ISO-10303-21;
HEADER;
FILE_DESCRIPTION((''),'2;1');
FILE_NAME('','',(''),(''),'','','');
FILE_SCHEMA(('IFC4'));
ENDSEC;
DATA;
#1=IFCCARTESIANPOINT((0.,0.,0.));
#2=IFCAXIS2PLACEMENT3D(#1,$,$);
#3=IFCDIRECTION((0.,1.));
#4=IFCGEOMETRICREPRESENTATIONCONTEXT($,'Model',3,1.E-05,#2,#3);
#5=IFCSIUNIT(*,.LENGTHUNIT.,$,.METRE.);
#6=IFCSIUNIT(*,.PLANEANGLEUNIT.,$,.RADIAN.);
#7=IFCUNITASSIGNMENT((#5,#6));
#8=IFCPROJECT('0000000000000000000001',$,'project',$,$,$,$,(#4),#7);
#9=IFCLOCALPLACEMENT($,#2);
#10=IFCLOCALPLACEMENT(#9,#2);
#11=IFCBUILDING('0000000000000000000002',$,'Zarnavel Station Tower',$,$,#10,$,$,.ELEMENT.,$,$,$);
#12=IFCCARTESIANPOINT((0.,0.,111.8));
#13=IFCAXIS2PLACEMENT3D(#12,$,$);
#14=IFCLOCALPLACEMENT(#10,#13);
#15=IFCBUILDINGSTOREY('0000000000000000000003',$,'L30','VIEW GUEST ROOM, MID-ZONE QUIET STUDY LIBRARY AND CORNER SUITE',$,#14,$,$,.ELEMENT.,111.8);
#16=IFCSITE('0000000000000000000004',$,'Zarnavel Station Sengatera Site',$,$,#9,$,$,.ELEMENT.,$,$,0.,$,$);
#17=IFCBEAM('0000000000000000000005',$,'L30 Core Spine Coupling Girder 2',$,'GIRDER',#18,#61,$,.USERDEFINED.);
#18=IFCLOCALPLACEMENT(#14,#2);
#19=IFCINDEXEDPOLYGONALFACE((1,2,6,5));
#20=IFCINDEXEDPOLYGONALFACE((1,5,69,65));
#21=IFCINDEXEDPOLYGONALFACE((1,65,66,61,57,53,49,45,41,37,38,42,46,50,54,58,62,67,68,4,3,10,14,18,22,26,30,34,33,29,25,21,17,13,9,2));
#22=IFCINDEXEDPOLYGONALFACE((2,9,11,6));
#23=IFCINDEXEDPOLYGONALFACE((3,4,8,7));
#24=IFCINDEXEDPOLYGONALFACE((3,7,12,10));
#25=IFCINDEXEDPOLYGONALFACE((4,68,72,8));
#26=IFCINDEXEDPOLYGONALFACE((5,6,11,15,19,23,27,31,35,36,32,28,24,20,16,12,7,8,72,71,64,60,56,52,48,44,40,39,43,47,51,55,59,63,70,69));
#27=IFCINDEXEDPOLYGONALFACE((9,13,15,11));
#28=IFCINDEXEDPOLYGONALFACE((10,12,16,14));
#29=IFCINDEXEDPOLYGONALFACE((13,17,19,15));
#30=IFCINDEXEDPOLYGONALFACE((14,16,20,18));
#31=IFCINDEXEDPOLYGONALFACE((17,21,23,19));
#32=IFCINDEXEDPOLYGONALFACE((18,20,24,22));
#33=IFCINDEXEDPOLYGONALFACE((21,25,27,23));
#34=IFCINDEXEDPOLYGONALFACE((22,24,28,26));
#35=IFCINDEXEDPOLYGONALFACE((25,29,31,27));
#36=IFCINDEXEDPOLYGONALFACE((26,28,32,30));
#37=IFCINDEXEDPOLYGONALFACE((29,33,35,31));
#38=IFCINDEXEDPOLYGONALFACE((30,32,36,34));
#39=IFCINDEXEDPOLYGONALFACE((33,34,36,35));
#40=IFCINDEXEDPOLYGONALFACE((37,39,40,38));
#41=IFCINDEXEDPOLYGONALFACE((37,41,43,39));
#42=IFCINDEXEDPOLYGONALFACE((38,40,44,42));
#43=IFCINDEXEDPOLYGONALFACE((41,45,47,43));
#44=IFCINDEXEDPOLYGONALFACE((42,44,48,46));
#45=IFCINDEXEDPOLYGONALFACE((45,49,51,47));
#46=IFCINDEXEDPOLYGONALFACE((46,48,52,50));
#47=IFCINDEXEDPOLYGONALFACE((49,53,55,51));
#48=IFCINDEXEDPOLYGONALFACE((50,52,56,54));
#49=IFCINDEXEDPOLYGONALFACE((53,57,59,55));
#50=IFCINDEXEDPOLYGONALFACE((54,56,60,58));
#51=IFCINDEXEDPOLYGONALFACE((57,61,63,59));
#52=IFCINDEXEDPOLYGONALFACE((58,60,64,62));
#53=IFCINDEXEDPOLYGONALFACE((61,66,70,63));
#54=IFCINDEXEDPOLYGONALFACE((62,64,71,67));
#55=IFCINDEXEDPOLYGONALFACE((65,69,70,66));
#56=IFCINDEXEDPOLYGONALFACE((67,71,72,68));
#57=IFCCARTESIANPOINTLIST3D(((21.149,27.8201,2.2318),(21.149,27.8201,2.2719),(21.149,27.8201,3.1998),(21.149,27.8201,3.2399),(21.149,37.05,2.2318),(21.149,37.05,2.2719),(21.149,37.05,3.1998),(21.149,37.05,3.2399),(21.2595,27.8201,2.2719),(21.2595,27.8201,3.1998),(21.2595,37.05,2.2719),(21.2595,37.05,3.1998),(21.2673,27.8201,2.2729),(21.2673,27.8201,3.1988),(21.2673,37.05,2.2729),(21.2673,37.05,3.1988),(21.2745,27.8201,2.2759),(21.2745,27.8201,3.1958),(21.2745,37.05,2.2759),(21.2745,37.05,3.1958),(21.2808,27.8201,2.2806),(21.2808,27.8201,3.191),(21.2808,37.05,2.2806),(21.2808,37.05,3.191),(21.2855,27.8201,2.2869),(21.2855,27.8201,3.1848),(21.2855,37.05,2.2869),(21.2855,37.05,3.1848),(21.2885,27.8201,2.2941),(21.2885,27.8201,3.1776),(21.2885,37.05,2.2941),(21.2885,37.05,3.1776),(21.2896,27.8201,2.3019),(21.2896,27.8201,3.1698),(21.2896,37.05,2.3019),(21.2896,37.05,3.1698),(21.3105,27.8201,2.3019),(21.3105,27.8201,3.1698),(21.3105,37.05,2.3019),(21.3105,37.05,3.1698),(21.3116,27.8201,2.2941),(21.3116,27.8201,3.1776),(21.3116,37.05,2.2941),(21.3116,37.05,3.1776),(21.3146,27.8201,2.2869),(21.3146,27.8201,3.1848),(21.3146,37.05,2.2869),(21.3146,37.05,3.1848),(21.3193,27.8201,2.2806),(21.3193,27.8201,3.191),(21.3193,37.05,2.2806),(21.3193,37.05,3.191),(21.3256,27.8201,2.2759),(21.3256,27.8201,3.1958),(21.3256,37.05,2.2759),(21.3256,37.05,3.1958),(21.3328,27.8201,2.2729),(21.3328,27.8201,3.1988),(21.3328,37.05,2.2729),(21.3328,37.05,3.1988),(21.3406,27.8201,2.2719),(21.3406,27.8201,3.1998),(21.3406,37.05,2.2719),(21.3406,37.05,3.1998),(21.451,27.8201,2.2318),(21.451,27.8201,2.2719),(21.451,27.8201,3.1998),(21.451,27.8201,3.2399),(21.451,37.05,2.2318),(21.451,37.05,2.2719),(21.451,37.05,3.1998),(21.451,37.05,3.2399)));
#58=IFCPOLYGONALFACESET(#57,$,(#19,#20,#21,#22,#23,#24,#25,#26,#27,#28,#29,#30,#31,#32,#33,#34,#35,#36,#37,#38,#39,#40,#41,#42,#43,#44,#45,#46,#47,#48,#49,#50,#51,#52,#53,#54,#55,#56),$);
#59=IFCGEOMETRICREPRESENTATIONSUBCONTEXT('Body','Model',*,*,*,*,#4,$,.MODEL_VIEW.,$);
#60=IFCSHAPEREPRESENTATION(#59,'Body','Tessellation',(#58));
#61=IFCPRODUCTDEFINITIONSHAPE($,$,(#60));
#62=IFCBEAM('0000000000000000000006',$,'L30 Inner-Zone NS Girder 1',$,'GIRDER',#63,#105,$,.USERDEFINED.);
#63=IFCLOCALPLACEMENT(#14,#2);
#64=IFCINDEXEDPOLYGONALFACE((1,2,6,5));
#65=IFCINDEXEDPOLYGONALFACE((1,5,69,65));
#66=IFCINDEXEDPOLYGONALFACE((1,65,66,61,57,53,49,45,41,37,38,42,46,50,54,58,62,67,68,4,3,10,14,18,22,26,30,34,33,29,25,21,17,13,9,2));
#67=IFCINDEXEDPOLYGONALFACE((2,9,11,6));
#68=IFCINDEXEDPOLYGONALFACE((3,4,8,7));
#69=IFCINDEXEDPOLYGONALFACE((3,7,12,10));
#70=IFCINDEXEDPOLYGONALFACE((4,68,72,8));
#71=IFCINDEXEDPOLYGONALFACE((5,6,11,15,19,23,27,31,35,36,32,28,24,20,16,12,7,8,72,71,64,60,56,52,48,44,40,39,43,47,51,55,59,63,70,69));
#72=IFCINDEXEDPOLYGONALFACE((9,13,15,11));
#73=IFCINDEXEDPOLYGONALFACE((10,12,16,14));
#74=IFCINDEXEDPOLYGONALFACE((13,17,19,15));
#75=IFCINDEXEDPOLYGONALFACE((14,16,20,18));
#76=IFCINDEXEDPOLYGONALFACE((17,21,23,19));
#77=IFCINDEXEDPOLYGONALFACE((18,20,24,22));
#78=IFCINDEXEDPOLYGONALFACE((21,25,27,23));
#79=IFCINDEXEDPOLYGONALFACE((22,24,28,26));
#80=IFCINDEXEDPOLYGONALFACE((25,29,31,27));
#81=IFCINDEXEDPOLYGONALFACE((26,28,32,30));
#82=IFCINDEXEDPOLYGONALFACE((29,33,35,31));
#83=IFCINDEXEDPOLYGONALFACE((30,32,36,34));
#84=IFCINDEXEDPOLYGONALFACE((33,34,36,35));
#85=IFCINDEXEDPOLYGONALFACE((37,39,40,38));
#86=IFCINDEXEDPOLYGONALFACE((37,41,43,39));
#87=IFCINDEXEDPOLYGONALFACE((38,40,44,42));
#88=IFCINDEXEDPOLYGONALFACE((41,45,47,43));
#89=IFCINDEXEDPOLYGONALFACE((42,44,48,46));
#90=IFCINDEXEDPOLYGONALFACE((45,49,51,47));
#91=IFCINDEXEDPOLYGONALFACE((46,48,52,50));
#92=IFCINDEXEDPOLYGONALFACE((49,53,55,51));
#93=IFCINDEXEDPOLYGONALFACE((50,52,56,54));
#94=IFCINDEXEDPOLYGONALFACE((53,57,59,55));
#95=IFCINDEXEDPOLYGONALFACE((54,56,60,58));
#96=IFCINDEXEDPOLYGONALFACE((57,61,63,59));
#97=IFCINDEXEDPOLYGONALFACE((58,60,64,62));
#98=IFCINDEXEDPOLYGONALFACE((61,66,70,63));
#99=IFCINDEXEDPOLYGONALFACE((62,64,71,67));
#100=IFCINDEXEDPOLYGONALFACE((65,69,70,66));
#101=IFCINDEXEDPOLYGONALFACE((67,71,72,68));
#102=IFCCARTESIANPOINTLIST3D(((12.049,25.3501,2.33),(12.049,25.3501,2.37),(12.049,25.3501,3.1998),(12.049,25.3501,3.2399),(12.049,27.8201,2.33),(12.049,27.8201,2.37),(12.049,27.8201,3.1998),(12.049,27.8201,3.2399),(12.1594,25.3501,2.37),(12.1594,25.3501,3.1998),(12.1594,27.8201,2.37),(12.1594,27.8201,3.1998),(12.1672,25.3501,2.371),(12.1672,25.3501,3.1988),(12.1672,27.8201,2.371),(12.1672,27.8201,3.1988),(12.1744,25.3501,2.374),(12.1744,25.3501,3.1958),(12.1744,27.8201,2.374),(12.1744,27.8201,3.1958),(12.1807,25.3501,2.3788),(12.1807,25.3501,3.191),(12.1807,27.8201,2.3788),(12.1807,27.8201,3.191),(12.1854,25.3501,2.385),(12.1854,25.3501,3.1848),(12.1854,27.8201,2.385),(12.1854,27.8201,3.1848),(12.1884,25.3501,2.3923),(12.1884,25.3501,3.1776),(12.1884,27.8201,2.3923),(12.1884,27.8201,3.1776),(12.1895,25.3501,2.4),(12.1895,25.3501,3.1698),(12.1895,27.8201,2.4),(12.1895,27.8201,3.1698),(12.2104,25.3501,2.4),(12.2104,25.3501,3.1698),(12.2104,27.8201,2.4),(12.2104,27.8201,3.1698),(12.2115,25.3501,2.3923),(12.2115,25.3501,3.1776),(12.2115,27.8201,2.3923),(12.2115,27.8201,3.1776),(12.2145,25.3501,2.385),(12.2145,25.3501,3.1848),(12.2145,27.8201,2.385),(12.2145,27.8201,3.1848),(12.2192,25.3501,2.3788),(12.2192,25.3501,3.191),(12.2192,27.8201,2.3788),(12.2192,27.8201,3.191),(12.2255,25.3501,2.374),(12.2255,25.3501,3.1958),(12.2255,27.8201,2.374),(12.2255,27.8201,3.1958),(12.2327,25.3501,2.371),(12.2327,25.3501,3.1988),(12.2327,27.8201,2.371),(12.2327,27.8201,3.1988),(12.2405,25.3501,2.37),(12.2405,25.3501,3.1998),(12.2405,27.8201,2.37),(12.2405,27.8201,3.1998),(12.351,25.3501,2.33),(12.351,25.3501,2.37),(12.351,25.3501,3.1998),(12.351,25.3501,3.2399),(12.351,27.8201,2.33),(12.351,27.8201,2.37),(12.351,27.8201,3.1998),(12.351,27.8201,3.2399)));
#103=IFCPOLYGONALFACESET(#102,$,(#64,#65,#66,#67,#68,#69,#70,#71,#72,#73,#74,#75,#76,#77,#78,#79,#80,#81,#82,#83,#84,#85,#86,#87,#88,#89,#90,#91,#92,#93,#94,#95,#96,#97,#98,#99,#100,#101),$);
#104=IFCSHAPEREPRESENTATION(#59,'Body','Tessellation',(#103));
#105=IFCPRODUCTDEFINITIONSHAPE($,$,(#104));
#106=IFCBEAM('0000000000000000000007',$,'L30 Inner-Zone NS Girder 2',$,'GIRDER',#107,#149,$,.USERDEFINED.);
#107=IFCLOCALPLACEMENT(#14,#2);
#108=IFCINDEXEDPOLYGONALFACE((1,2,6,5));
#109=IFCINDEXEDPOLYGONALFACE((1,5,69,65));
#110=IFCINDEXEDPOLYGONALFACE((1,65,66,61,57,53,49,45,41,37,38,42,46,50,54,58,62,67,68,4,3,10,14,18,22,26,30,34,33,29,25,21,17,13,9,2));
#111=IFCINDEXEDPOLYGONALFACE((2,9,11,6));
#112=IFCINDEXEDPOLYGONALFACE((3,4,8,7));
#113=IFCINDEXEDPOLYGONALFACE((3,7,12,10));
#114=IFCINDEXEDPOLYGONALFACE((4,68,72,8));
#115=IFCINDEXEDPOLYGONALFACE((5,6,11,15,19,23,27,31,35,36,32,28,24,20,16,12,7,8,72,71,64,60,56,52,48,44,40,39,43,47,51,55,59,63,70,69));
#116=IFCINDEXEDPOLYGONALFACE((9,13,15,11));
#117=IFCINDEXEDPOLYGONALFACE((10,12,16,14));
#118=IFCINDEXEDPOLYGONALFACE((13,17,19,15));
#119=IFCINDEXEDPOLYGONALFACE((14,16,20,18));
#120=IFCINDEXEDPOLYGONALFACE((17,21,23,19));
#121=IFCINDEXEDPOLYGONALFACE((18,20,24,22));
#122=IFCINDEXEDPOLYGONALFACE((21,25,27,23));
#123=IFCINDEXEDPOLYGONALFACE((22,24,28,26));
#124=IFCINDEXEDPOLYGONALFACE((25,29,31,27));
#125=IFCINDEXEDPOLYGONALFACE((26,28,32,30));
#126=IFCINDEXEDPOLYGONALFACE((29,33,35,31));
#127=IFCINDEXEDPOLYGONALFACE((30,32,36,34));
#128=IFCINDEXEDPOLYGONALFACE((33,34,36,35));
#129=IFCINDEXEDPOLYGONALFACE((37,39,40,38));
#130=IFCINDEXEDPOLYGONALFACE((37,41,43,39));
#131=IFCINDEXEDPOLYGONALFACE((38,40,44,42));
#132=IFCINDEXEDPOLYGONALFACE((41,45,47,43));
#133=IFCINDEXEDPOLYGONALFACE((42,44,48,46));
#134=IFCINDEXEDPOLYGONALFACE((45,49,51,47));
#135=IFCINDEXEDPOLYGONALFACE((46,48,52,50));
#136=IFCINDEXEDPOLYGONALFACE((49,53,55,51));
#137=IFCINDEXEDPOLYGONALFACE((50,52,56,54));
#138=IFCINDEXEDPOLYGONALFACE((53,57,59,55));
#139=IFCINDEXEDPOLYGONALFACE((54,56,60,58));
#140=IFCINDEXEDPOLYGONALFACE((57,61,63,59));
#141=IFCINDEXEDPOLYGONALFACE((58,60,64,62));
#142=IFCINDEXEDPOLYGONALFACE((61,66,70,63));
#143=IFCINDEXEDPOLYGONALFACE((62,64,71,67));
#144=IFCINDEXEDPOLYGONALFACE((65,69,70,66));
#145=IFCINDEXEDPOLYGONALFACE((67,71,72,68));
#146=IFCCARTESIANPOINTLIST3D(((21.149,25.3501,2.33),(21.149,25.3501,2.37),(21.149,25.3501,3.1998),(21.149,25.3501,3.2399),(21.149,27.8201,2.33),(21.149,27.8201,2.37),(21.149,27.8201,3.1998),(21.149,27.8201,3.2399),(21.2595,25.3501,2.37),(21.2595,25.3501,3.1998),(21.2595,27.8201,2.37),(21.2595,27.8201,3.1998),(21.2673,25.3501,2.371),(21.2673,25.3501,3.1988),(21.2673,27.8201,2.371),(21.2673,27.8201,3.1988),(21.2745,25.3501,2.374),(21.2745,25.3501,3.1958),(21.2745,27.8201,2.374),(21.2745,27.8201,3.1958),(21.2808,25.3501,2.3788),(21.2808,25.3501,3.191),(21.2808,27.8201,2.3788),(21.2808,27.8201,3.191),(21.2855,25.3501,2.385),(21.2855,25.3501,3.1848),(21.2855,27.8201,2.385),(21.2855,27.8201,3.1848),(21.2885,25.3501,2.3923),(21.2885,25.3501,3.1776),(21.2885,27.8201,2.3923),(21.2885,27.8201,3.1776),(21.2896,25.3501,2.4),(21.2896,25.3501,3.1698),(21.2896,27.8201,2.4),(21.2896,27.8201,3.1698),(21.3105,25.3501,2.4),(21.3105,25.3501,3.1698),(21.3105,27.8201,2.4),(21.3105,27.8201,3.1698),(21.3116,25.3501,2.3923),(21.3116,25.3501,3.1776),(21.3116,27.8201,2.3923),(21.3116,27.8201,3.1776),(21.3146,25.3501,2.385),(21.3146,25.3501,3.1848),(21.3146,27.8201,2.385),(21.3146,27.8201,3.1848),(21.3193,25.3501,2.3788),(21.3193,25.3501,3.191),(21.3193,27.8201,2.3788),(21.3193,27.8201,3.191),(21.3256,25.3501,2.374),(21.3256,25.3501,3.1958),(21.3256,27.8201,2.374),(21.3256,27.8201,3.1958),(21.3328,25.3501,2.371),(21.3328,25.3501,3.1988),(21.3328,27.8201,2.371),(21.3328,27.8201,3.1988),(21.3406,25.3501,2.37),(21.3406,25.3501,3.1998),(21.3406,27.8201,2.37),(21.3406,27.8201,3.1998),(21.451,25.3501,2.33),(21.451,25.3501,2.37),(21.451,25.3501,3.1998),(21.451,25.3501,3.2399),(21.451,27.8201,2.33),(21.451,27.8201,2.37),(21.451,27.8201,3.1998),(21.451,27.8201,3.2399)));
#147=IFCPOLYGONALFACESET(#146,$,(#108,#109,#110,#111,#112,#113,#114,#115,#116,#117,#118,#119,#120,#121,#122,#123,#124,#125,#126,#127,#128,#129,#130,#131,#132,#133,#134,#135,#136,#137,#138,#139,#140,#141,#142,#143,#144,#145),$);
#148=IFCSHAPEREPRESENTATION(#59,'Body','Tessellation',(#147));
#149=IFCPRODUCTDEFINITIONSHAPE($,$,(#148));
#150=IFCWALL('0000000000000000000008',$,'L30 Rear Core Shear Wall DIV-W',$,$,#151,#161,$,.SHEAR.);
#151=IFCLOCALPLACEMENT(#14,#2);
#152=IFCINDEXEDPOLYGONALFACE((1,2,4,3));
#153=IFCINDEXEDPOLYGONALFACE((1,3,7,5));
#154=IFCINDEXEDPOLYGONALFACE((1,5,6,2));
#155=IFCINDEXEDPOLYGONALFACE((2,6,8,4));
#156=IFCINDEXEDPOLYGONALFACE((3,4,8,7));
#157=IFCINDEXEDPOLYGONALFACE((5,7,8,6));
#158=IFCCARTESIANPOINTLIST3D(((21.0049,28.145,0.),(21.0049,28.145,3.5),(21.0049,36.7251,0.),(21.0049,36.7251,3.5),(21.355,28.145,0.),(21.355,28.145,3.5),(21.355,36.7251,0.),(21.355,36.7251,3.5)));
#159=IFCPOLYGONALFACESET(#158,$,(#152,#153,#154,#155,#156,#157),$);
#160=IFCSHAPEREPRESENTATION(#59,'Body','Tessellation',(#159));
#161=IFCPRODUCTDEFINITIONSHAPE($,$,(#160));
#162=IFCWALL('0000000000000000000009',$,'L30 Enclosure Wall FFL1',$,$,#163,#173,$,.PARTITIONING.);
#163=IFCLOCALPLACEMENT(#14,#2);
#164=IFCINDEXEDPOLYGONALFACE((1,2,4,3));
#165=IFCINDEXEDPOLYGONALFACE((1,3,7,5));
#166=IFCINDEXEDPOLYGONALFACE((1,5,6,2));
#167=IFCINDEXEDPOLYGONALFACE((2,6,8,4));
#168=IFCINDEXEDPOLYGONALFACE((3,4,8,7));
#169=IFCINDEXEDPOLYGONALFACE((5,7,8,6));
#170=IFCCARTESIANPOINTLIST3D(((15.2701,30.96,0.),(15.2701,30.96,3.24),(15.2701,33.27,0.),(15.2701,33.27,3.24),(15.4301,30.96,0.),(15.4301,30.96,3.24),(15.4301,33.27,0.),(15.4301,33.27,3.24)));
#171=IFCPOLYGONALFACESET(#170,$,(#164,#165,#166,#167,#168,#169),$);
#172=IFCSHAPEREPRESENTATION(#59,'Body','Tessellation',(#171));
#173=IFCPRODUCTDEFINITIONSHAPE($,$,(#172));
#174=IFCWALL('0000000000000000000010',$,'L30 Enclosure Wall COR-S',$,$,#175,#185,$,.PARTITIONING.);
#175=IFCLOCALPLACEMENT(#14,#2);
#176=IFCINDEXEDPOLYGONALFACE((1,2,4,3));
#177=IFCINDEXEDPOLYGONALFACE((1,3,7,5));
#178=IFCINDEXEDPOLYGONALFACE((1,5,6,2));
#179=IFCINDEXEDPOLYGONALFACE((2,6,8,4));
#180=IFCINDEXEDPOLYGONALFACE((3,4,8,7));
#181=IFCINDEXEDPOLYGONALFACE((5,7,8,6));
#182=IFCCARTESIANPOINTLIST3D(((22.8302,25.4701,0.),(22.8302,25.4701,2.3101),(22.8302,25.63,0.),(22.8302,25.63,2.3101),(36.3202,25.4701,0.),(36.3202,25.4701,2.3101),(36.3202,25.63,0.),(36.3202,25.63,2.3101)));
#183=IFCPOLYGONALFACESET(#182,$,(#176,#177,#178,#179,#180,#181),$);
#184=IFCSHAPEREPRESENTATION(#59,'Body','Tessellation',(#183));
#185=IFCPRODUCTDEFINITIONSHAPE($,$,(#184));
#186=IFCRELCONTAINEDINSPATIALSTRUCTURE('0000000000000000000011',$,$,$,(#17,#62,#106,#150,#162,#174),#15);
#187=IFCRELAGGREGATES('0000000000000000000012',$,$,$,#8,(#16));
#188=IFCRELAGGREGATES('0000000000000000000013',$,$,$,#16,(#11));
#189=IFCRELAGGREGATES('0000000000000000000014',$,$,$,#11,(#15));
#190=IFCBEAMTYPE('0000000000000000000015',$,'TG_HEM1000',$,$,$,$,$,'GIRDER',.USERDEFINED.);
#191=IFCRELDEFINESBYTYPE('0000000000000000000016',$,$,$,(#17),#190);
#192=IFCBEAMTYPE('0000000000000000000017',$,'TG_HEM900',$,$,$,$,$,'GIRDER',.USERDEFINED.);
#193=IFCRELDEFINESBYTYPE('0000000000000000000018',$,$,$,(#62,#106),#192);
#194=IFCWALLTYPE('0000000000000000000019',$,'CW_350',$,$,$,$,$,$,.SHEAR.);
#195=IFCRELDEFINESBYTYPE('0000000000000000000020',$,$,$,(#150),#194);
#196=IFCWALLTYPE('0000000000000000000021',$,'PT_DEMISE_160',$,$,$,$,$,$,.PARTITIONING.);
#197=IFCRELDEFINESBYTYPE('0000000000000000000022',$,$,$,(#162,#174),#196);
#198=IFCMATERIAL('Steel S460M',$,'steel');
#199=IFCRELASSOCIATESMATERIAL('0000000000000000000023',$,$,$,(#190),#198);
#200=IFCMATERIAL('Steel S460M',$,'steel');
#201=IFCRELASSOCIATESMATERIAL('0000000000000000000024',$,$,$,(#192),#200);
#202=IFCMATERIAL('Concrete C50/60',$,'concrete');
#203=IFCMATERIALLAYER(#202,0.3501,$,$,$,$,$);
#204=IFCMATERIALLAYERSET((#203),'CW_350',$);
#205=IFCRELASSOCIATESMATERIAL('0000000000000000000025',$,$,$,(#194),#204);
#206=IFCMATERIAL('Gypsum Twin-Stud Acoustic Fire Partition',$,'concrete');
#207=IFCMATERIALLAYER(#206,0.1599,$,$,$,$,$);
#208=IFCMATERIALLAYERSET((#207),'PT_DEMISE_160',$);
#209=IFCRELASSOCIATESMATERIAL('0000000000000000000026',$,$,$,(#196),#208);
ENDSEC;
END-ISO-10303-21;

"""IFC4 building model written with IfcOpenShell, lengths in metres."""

from ifc_helpers import new_model, si_unit, direction, frame, frame_2d, origin, origin_2d, place, context, subcontext, project, spatial, rectangle, i_section, extrude, material, layer, layer_set, material_profile, profile_set, type_object, element, save


model = new_model("IFC4")

# Units and contexts
model_context = context("Model", 3, precision=1e-05, world=origin(), true_north=direction((0.0, 1.0)))
body_context = subcontext(model_context, "Body", "Model", "MODEL_VIEW")
ifc_project = project(units=[si_unit("LENGTHUNIT", "METRE"), si_unit("PLANEANGLEUNIT", "RADIAN")], contexts=[model_context])

# Site, building, storey
site_placement = place(None, origin())
site = spatial("IfcSite", under=ifc_project, at=site_placement, Name="Zarnavel Station Sengatera Site", CompositionType="ELEMENT", RefElevation=0.0)
building_placement = place(site_placement, origin())
building = spatial("IfcBuilding", under=site, at=building_placement, Name="Zarnavel Station Tower", CompositionType="ELEMENT")
storey_placement = place(building_placement, frame((0.0, 0.0, 111.8)))
storey = spatial("IfcBuildingStorey", under=building, at=storey_placement, Name="L30", Description="VIEW GUEST ROOM, MID-ZONE QUIET STUDY LIBRARY AND CORNER SUITE", CompositionType="ELEMENT", Elevation=111.8)

# Beams
ifc_material_1 = material(Name="Steel S460M", Category="steel")
ifc_material_profile_1 = material_profile(ifc_material_1, i_section(OverallWidth=0.302, OverallDepth=1.0081, WebThickness=0.021, FlangeThickness=0.04, FilletRadius=0.03, at=origin_2d()), Name="HEM1000")
ifc_profile_set_1 = profile_set([ifc_material_profile_1], Name="Steel S460M")
beam_type_1 = type_object("IfcBeamType", Name="TG_HEM1000", ElementType="GIRDER", PredefinedType="USERDEFINED", material=ifc_profile_set_1)
for number, where, z_axis, x_axis, name in (
    (1, (21.3, 27.8201, 2.7358), (0.0, 1.0, 0.0), (-1.0, 0.0, 0.0), "L30 Core Spine Coupling Girder 2"),
):
    element("IfcBeam", number, at=place(storey_placement, frame(where, z_axis=z_axis, x_axis=x_axis)), inside=storey, type_object=beam_type_1, Name=name, ObjectType="GIRDER", PredefinedType="USERDEFINED", context=body_context, shape_type="SweptSolid", body=[
        extrude(i_section(OverallWidth=0.302, OverallDepth=1.0081, WebThickness=0.021, FlangeThickness=0.04, FilletRadius=0.03, at=origin_2d()), origin(), (0.0, 0.0, 1.0), 9.23),
    ])
ifc_material_2 = material(Name="Steel S460M", Category="steel")
ifc_material_profile_2 = material_profile(ifc_material_2, i_section(OverallWidth=0.302, OverallDepth=0.9099, WebThickness=0.021, FlangeThickness=0.04, FilletRadius=0.03, at=origin_2d()), Name="HEM900")
ifc_profile_set_2 = profile_set([ifc_material_profile_2], Name="Steel S460M")
beam_type_2 = type_object("IfcBeamType", Name="TG_HEM900", ElementType="GIRDER", PredefinedType="USERDEFINED", material=ifc_profile_set_2)
for number, where, z_axis, x_axis, name in (
    (2, (12.2, 25.3501, 2.7849), (0.0, 1.0, 0.0), (-1.0, 0.0, 0.0), "L30 Inner-Zone NS Girder 1"),
    (3, (21.3, 25.3501, 2.7849), (0.0, 1.0, 0.0), (-1.0, 0.0, 0.0), "L30 Inner-Zone NS Girder 2"),
):
    element("IfcBeam", number, at=place(storey_placement, frame(where, z_axis=z_axis, x_axis=x_axis)), inside=storey, type_object=beam_type_2, Name=name, ObjectType="GIRDER", PredefinedType="USERDEFINED", context=body_context, shape_type="SweptSolid", body=[
        extrude(i_section(OverallWidth=0.302, OverallDepth=0.9099, WebThickness=0.021, FlangeThickness=0.04, FilletRadius=0.03, at=origin_2d()), origin(), (0.0, 0.0, 1.0), 2.47),
    ])

# Wall
ifc_material_3 = material(Name="Concrete C50/60", Category="concrete")
ifc_layer_1 = layer(ifc_material_3, 0.3501)
ifc_layer_set_1 = layer_set([ifc_layer_1], Name="CW_350")
wall_type_1 = type_object("IfcWallType", Name="CW_350", PredefinedType="SHEAR", material=ifc_layer_set_1)
wall_1_placement = place(storey_placement, frame((21.1799, 28.145, 0.0), z_axis=(0.0, 0.0, 1.0), x_axis=(0.0, 1.0, 0.0)))
element("IfcWall", 4, at=wall_1_placement, inside=storey, type_object=wall_type_1, Name="L30 Rear Core Shear Wall DIV-W", PredefinedType="SHEAR", context=body_context, shape_type="SweptSolid", body=[
    extrude(rectangle(XDim=8.5801, YDim=0.3501, at=frame_2d((4.29, 0.0))), origin(), (0.0, 0.0, 1.0), 3.5),
])

# Walls
ifc_material_4 = material(Name="Gypsum Twin-Stud Acoustic Fire Partition", Category="concrete")
ifc_layer_2 = layer(ifc_material_4, 0.1599)
ifc_layer_set_2 = layer_set([ifc_layer_2], Name="PT_DEMISE_160")
wall_type_2 = type_object("IfcWallType", Name="PT_DEMISE_160", PredefinedType="PARTITIONING", material=ifc_layer_set_2)
wall_2_placement = place(storey_placement, frame((15.3501, 30.96, 0.0), z_axis=(0.0, 0.0, 1.0), x_axis=(0.0, 1.0, 0.0)))
element("IfcWall", 5, at=wall_2_placement, inside=storey, type_object=wall_type_2, Name="L30 Enclosure Wall FFL1", PredefinedType="PARTITIONING", context=body_context, shape_type="SweptSolid", body=[
    extrude(rectangle(XDim=2.3101, YDim=0.1599, at=frame_2d((1.155, 0.0))), origin(), (0.0, 0.0, 1.0), 3.24),
])
wall_3_placement = place(storey_placement, frame((22.8301, 25.55, 0.0), z_axis=(0.0, 0.0, 1.0), x_axis=(1.0, 0.0, 0.0)))
element("IfcWall", 6, at=wall_3_placement, inside=storey, type_object=wall_type_2, Name="L30 Enclosure Wall COR-S", PredefinedType="PARTITIONING", context=body_context, shape_type="SweptSolid", body=[
    extrude(rectangle(XDim=13.49, YDim=0.1599, at=frame_2d((6.7451, 0.0))), origin(), (0.0, 0.0, 1.0), 2.3101),
])

save(model, "model.ifc")
